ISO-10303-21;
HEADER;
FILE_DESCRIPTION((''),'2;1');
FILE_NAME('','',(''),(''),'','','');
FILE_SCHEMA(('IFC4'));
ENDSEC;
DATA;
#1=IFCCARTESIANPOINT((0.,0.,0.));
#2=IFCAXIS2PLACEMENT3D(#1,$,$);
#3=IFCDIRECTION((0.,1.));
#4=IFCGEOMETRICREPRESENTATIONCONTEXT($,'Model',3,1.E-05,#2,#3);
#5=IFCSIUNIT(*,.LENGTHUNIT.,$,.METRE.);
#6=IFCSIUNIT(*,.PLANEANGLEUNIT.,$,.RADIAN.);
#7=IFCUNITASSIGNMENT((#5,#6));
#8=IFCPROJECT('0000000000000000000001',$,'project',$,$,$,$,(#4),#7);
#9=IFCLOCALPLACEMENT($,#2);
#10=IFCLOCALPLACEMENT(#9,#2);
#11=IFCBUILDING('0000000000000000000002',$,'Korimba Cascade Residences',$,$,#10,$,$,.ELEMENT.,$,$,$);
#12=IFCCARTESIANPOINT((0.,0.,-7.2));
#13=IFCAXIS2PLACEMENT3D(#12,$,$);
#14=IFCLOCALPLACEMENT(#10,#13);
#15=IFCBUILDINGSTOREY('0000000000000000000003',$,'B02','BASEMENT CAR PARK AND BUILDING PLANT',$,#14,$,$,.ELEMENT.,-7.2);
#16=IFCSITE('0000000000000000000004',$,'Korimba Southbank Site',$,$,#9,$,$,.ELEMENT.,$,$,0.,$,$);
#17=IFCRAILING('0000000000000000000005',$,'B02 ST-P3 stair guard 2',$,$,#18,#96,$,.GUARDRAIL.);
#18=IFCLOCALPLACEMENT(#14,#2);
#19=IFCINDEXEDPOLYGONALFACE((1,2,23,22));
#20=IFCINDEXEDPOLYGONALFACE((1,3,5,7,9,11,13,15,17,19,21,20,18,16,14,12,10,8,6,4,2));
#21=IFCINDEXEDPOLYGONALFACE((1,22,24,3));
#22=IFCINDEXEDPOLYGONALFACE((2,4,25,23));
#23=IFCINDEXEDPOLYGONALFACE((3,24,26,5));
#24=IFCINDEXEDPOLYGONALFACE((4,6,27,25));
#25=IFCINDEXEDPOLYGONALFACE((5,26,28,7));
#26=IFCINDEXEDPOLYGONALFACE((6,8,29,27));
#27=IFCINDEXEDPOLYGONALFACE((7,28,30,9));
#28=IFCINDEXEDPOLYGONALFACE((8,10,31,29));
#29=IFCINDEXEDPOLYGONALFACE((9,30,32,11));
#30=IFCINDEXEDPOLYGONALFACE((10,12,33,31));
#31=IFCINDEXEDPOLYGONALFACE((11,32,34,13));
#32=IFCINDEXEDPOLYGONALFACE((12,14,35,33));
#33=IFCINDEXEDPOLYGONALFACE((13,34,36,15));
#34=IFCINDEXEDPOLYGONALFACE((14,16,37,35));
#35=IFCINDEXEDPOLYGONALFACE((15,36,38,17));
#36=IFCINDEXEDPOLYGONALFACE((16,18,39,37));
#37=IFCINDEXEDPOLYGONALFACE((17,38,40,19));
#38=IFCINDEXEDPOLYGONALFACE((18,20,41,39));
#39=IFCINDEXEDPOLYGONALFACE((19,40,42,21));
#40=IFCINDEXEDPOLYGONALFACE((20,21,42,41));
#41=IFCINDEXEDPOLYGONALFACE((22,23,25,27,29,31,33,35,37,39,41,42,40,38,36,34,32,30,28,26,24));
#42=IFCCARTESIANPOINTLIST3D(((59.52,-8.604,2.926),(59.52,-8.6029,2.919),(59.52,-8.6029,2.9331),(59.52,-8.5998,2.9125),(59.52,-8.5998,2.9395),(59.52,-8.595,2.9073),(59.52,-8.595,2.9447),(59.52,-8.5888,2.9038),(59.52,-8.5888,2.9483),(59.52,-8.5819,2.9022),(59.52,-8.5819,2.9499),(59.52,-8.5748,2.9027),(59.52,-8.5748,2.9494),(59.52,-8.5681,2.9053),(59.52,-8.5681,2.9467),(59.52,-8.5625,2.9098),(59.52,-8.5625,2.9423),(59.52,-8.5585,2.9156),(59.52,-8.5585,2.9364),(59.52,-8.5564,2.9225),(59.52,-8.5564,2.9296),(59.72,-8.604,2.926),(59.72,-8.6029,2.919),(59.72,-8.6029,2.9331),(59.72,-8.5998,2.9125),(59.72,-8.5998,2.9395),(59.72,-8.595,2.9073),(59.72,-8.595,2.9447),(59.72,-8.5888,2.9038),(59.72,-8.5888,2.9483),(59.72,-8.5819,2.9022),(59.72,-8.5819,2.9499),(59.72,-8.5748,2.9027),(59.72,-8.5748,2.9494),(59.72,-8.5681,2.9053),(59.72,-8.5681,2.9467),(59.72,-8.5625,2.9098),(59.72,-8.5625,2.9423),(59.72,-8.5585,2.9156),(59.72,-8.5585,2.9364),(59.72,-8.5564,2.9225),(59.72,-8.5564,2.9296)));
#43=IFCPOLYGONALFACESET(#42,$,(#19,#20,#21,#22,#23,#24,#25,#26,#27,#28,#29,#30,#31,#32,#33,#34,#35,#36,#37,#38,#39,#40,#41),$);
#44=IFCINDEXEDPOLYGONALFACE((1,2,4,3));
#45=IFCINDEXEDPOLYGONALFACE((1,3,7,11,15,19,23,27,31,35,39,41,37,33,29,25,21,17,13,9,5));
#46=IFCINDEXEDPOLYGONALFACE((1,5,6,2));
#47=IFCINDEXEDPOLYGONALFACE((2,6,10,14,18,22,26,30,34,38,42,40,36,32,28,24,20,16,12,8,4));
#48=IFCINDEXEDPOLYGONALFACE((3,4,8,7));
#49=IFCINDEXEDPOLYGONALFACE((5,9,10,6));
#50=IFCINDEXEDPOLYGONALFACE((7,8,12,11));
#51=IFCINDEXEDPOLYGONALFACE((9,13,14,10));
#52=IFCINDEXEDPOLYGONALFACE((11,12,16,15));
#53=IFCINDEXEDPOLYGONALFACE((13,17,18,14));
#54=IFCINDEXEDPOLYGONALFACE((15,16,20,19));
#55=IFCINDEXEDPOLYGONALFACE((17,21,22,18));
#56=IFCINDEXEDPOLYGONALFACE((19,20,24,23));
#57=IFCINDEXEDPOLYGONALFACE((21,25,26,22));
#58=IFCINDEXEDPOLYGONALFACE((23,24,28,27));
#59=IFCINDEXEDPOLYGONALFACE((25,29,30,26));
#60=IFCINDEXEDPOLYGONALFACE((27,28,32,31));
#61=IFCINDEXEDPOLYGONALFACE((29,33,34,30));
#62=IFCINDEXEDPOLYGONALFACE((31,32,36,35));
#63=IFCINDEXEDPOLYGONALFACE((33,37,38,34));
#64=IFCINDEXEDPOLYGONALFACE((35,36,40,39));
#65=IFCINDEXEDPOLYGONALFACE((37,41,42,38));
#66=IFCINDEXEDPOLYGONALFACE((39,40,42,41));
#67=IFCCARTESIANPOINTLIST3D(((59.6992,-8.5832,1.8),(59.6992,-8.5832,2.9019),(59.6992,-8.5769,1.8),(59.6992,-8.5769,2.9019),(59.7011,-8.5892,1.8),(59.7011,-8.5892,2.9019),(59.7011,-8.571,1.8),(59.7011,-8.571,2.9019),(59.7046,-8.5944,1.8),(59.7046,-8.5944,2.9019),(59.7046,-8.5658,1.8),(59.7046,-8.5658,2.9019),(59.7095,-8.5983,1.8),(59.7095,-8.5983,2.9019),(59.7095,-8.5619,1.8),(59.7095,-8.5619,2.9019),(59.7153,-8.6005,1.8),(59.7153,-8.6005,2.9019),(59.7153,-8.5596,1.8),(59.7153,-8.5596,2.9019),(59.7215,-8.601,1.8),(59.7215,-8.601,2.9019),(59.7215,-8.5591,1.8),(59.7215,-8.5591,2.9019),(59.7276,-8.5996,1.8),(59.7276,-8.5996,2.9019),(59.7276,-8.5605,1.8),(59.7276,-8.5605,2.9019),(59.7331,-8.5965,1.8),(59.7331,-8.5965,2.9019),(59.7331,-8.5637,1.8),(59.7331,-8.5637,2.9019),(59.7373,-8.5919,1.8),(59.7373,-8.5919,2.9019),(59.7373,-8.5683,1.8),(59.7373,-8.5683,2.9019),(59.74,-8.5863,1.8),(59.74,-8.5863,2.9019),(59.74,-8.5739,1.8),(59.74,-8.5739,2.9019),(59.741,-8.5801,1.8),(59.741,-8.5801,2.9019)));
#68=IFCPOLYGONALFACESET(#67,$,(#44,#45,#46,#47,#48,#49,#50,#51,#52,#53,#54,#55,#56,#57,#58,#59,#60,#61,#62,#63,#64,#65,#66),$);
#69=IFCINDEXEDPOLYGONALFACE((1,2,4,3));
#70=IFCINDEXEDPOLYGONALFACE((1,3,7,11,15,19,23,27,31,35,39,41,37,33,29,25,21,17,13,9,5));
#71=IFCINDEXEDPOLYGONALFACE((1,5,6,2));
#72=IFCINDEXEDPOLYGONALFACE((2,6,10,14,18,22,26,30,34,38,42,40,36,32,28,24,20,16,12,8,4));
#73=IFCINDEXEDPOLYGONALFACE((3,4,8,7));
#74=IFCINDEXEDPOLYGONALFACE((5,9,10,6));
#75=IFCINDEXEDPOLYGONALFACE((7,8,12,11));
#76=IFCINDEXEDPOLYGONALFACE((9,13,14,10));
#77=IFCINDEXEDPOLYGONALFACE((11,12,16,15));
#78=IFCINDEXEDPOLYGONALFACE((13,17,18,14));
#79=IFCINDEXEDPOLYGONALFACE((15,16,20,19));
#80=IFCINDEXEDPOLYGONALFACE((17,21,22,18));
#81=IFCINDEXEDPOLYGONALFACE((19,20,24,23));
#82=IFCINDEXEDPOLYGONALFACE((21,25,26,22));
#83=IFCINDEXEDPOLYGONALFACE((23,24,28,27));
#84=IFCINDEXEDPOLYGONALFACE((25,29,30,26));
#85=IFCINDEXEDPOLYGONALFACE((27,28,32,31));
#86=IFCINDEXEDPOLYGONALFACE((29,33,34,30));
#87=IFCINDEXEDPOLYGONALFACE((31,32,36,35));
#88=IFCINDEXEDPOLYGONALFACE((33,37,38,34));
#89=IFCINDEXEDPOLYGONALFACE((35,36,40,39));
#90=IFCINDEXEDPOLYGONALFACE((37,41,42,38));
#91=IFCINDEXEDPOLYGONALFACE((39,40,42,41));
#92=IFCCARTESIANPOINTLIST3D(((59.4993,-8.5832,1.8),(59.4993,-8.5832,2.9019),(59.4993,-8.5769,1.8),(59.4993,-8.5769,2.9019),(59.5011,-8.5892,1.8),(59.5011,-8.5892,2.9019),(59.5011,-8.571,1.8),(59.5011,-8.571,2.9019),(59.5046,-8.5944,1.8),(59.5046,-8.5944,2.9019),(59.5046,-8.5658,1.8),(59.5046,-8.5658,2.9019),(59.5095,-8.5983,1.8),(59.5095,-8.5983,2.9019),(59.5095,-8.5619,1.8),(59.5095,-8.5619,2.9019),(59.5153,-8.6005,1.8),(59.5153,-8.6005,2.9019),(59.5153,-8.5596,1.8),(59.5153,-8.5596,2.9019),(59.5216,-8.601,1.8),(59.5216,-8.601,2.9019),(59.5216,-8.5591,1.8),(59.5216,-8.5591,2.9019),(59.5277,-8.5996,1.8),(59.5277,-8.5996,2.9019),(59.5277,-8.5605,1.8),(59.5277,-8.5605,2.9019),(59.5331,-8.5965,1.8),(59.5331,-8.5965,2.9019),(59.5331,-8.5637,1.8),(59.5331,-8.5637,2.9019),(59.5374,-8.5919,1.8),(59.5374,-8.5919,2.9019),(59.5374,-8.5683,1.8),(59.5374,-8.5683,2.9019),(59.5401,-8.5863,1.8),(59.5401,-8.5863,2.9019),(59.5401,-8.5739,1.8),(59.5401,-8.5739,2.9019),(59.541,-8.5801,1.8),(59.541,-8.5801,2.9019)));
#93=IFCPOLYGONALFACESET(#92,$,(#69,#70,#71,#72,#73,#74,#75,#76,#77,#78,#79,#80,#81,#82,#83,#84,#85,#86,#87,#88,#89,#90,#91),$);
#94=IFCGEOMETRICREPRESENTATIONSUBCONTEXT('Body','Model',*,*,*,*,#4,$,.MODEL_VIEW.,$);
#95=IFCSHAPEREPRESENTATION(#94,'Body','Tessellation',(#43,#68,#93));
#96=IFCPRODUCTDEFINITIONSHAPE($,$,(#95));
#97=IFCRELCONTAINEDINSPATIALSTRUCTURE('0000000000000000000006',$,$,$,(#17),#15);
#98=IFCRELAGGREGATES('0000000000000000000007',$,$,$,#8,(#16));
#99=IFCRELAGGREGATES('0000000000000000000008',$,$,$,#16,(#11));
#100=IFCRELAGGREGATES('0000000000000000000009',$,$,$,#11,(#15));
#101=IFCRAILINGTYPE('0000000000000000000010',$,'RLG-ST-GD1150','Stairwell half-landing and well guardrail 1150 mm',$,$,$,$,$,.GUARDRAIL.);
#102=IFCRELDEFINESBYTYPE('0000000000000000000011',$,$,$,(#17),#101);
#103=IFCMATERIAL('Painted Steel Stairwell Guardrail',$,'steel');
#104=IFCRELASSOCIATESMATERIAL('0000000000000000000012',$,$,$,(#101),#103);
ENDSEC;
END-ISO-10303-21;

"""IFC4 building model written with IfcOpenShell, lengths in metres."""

from ifc_helpers import new_model, si_unit, direction, frame, origin, origin_2d, place, context, subcontext, project, spatial, circle, extrude, material, type_object, element, save


model = new_model("IFC4")

# Units and contexts
model_context = context("Model", 3, precision=1e-05, world=origin(), true_north=direction((0.0, 1.0)))
body_context = subcontext(model_context, "Body", "Model", "MODEL_VIEW")
ifc_project = project(units=[si_unit("LENGTHUNIT", "METRE"), si_unit("PLANEANGLEUNIT", "RADIAN")], contexts=[model_context])

# Site, building, storey
site_placement = place(None, origin())
site = spatial("IfcSite", under=ifc_project, at=site_placement, Name="Korimba Southbank Site", CompositionType="ELEMENT", RefElevation=0.0)
building_placement = place(site_placement, origin())
building = spatial("IfcBuilding", under=site, at=building_placement, Name="Korimba Cascade Residences", CompositionType="ELEMENT")
storey_placement = place(building_placement, frame((0.0, 0.0, -7.2)))
storey = spatial("IfcBuildingStorey", under=building, at=storey_placement, Name="B02", Description="BASEMENT CAR PARK AND BUILDING PLANT", CompositionType="ELEMENT", Elevation=-7.2)

# Railing
ifc_material_1 = material(Name="Painted Steel Stairwell Guardrail", Category="steel")
railing_type_1 = type_object("IfcRailingType", Name="RLG-ST-GD1150", Description="Stairwell half-landing and well guardrail 1150 mm", PredefinedType="GUARDRAIL", material=ifc_material_1)
railing_1_placement = place(storey_placement, frame((59.72, -8.5801, 1.8)))
element("IfcRailing", 1, at=railing_1_placement, inside=storey, type_object=railing_type_1, Name="B02 ST-P3 stair guard 2", PredefinedType="GUARDRAIL", context=body_context, shape_type="SweptSolid", body=[
    extrude(circle(Radius=0.0239, at=origin_2d()), frame((0.0, 0.0, 1.126), z_axis=(-1.0, 0.0, 0.0), x_axis=(0.0, -1.0, 0.0)), (0.0, 0.0, 1.0), 0.2),
    extrude(circle(Radius=0.021, at=origin_2d()), origin(), (0.0, 0.0, 1.0), 1.1018),
    extrude(circle(Radius=0.021, at=origin_2d()), frame((-0.2, 0.0, 0.0)), (0.0, 0.0, 1.0), 1.1018),
])

save(model, "model.ifc")
